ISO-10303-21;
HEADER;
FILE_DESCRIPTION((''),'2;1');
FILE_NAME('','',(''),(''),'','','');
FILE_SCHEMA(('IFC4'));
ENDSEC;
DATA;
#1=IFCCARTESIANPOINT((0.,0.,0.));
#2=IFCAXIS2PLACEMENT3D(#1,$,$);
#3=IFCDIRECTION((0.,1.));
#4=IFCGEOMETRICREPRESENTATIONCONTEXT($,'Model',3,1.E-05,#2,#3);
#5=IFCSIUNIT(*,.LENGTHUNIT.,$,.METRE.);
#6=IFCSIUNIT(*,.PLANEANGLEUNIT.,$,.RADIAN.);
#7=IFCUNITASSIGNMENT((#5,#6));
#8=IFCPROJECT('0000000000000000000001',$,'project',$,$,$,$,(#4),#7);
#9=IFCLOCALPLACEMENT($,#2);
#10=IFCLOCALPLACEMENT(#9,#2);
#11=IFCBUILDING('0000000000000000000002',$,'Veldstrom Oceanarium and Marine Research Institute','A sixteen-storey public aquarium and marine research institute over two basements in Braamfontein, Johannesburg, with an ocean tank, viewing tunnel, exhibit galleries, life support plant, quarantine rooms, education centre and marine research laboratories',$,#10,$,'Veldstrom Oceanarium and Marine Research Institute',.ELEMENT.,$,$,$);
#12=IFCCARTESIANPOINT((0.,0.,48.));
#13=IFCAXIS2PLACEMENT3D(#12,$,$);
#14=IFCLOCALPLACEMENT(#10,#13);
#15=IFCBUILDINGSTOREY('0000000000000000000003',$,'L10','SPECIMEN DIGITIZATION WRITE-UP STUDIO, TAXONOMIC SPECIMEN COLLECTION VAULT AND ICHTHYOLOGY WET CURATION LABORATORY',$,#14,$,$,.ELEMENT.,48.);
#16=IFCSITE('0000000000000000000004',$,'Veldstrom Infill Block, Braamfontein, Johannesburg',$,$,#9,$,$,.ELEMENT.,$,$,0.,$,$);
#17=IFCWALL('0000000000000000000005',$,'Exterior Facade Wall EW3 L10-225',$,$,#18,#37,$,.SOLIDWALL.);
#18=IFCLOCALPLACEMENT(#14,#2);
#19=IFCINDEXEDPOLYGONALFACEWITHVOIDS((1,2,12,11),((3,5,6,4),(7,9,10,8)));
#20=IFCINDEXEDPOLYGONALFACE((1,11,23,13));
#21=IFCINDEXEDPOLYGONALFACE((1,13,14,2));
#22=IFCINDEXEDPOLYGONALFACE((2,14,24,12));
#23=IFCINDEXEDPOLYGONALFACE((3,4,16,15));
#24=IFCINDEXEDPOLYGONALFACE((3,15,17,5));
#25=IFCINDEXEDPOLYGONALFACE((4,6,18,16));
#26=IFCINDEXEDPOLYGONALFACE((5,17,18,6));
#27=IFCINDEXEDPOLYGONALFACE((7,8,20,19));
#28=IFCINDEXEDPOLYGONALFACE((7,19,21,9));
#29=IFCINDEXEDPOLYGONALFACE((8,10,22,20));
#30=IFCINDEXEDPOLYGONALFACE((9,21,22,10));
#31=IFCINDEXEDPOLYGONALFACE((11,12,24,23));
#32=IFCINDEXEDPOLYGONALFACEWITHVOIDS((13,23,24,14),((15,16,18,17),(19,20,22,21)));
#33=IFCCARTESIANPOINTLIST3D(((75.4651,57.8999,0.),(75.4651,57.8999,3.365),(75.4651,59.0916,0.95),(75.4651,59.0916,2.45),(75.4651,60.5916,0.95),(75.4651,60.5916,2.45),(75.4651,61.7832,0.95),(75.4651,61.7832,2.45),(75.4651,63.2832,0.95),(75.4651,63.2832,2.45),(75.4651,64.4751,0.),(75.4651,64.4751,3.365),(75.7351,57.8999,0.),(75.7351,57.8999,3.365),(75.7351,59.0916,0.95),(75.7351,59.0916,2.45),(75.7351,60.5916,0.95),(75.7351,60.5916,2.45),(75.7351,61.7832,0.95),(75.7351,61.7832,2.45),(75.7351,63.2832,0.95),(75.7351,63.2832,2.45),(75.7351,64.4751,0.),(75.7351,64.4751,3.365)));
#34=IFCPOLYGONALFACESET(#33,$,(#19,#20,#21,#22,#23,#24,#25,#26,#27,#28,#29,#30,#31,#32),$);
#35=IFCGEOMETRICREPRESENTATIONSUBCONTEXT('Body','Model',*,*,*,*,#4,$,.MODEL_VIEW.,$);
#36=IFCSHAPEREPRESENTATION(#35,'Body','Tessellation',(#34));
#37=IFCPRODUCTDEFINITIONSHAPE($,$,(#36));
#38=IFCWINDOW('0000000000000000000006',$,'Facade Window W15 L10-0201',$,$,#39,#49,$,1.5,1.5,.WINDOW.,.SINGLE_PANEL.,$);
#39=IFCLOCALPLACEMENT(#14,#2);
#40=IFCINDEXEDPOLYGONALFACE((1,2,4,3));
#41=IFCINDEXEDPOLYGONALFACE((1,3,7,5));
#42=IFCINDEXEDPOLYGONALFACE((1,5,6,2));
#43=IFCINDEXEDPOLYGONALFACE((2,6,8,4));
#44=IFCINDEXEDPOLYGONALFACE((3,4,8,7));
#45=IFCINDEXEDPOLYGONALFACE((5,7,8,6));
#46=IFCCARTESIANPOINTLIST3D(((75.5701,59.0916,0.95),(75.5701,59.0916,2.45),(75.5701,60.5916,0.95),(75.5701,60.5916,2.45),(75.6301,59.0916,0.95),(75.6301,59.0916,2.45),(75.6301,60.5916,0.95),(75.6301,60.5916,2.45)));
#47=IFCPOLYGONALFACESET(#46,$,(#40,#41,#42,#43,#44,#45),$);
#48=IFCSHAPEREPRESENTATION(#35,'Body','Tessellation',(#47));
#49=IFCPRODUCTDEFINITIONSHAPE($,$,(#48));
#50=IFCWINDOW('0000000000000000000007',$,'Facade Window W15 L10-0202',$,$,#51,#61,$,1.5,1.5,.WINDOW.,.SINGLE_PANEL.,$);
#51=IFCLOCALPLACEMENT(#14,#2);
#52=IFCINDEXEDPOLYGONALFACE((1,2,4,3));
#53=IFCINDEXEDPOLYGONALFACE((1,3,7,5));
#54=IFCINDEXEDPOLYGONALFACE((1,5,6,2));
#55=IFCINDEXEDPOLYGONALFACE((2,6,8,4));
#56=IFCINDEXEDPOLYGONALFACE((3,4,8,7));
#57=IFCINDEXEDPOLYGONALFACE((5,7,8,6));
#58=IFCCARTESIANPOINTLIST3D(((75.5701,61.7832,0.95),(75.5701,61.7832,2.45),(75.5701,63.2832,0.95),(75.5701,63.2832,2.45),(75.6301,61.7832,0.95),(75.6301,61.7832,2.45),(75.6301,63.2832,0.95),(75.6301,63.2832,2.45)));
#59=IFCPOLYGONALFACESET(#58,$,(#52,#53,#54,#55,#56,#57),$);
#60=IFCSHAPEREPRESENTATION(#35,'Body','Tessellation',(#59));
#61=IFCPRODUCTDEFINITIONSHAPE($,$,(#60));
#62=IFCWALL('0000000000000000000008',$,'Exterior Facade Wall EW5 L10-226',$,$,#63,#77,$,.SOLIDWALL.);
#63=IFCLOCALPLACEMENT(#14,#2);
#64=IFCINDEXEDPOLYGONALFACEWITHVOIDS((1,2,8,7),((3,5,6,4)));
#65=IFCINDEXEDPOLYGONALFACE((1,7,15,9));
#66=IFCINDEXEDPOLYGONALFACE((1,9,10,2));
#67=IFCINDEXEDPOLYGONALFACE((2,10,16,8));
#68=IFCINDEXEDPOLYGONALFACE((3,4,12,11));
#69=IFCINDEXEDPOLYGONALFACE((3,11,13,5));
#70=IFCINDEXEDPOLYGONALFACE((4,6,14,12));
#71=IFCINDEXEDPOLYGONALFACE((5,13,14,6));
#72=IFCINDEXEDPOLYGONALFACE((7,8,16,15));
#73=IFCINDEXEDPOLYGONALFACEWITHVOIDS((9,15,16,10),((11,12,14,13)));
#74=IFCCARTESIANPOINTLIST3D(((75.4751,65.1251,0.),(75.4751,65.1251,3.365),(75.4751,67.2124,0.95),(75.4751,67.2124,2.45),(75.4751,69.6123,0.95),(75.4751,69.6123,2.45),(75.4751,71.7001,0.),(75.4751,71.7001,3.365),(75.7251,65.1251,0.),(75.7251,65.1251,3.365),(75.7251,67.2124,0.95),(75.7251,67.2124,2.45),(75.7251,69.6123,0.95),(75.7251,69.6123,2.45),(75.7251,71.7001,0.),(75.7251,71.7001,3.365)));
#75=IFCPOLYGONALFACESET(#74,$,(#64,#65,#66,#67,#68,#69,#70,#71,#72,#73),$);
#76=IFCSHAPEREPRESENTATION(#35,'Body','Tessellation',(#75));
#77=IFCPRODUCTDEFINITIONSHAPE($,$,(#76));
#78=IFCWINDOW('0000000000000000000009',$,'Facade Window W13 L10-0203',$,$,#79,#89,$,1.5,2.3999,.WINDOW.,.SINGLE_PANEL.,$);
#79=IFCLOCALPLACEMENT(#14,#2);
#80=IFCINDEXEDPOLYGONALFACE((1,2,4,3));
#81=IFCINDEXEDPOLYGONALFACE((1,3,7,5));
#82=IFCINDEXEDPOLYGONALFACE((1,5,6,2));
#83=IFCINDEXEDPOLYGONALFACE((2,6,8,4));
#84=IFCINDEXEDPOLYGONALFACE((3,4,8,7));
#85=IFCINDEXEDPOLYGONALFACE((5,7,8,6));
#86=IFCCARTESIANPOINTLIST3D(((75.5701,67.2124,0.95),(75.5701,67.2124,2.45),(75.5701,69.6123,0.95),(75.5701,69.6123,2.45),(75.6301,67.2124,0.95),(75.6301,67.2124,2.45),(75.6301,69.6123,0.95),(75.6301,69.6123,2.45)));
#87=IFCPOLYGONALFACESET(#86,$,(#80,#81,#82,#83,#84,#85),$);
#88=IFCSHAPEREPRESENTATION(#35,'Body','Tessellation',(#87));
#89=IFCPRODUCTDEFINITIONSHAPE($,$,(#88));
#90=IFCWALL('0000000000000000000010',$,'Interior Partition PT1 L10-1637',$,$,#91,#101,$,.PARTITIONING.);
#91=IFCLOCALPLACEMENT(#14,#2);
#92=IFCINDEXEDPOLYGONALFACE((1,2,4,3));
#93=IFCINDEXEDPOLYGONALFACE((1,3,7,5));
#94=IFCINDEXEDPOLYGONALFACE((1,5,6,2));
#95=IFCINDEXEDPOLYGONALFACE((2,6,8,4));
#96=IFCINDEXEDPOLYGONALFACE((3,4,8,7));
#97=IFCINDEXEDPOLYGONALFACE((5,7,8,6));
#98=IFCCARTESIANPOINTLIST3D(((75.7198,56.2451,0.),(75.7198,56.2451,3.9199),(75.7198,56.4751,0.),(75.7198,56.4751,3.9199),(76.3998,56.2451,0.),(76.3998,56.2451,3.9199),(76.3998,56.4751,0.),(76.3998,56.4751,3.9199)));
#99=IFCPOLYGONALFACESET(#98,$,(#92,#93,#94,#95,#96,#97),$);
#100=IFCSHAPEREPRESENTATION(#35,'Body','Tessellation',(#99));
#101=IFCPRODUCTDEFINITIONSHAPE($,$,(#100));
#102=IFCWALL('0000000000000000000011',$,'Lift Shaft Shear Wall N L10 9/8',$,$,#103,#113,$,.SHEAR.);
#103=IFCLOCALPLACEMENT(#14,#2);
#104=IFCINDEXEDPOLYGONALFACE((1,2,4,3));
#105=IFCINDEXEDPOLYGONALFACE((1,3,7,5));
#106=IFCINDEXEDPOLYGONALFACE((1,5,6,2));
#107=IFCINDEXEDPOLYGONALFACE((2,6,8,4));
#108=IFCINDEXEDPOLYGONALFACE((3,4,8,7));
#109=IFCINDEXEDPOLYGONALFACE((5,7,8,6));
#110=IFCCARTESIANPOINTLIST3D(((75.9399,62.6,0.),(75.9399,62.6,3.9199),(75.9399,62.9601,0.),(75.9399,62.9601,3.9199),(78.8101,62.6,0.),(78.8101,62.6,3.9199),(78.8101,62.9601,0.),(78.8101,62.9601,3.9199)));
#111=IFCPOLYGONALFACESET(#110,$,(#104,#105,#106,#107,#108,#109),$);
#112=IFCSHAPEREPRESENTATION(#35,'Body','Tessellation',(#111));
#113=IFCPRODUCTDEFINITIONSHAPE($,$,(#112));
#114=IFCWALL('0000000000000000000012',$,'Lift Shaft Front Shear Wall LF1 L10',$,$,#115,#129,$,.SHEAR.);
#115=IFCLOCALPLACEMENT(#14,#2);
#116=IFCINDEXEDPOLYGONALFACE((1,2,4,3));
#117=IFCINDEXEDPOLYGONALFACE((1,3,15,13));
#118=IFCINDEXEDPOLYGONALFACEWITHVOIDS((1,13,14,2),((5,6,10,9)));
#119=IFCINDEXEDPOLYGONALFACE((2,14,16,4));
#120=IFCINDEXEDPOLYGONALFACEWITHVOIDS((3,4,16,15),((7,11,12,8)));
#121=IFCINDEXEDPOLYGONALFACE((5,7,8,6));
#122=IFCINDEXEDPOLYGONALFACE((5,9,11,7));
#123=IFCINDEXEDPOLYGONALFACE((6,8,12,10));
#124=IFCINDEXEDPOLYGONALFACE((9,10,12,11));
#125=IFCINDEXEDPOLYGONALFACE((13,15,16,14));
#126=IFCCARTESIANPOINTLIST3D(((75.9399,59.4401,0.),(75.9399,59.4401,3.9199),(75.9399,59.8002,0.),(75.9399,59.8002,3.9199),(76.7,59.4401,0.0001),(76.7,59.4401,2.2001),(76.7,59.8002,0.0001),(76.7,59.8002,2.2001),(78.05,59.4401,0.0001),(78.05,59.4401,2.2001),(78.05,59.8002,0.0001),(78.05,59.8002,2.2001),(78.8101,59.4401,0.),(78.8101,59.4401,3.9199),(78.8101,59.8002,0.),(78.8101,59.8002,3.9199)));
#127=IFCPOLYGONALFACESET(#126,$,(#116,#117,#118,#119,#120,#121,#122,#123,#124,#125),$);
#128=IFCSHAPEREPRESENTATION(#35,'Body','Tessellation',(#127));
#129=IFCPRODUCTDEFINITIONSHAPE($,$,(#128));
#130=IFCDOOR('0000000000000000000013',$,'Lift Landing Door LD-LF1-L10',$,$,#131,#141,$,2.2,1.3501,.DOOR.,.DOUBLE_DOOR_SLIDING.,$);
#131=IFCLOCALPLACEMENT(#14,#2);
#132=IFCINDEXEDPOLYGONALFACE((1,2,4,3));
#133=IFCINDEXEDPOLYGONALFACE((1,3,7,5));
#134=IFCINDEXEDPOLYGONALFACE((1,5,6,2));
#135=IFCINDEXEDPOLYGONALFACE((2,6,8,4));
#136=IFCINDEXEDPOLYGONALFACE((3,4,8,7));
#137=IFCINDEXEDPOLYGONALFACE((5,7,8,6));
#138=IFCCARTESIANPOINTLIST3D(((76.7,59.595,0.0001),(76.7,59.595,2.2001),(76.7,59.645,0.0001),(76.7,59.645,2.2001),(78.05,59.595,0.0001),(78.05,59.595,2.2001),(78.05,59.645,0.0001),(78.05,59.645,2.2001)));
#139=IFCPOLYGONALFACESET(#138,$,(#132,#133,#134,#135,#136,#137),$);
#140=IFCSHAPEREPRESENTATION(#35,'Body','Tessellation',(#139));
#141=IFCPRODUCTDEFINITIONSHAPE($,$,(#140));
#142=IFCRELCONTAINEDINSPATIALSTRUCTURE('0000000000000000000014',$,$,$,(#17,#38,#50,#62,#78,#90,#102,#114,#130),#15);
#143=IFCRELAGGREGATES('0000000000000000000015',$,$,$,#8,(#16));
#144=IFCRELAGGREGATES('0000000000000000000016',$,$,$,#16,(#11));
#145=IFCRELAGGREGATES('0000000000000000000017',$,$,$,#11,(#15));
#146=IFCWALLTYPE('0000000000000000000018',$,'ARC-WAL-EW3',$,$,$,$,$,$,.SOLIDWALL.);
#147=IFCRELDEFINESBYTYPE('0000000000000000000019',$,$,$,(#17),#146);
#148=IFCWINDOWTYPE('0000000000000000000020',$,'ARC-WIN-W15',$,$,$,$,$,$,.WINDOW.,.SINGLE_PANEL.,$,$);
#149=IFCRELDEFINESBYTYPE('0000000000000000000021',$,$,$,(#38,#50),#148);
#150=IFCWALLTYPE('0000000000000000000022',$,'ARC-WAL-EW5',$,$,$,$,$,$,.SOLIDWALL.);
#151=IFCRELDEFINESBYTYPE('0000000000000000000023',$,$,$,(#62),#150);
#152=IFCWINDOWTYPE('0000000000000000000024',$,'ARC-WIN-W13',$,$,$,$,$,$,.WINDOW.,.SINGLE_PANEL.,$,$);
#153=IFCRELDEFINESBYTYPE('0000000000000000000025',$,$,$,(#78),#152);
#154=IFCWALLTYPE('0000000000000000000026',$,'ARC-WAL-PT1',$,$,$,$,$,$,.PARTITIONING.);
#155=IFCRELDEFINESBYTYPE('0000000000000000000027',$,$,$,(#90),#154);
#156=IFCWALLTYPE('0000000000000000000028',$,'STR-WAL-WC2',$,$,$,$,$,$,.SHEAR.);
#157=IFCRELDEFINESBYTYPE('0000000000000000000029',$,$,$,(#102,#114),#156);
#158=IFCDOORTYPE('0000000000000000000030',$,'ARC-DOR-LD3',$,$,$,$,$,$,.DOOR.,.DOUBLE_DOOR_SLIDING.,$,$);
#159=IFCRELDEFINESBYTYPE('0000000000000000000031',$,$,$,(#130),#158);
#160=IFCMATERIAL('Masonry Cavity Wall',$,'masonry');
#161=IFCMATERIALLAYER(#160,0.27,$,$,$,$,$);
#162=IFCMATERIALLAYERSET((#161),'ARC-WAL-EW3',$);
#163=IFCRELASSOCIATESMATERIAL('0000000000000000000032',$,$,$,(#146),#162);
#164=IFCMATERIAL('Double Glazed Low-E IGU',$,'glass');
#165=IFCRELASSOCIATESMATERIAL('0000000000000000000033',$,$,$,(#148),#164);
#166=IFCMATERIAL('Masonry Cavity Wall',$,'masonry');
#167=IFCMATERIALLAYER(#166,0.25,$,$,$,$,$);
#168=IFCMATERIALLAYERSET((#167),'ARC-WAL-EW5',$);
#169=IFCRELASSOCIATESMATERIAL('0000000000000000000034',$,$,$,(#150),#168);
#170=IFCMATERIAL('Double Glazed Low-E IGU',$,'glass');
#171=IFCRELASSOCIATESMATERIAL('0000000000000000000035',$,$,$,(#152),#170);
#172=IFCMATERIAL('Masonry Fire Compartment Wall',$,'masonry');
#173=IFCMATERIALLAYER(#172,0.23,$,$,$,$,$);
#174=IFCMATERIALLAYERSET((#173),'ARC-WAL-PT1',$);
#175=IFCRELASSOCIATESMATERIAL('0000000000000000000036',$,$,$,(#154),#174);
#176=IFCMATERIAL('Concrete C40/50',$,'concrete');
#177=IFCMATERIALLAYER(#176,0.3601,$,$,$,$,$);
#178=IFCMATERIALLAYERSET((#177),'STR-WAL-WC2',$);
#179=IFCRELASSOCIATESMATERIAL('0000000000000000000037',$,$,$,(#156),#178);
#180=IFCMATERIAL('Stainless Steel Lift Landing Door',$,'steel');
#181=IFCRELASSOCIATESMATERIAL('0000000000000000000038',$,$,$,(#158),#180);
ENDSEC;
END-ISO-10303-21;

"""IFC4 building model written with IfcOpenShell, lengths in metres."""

from ifc_helpers import new_model, si_unit, direction, frame, frame_2d, origin, place, context, subcontext, project, spatial, rectangle, extrude, material, layer, layer_set, type_object, element, fill, save


model = new_model("IFC4")

# Units and contexts
model_context = context("Model", 3, precision=1e-05, world=origin(), true_north=direction((0.0, 1.0)))
body_context = subcontext(model_context, "Body", "Model", "MODEL_VIEW")
ifc_project = project(units=[si_unit("LENGTHUNIT", "METRE"), si_unit("PLANEANGLEUNIT", "RADIAN")], contexts=[model_context])

# Site, building, storey
site_placement = place(None, origin())
site = spatial("IfcSite", under=ifc_project, at=site_placement, Name="Veldstrom Infill Block, Braamfontein, Johannesburg", CompositionType="ELEMENT", RefElevation=0.0)
building_placement = place(site_placement, origin())
building = spatial("IfcBuilding", under=site, at=building_placement, Name="Veldstrom Oceanarium and Marine Research Institute", Description="A sixteen-storey public aquarium and marine research institute over two basements in Braamfontein, Johannesburg, with an ocean tank, viewing tunnel, exhibit galleries, life support plant, quarantine rooms, education centre and marine research laboratories", LongName="Veldstrom Oceanarium and Marine Research Institute", CompositionType="ELEMENT")
storey_placement = place(building_placement, frame((0.0, 0.0, 48.0)))
storey = spatial("IfcBuildingStorey", under=building, at=storey_placement, Name="L10", Description="SPECIMEN DIGITIZATION WRITE-UP STUDIO, TAXONOMIC SPECIMEN COLLECTION VAULT AND ICHTHYOLOGY WET CURATION LABORATORY", CompositionType="ELEMENT", Elevation=48.0)

# Wall, openings, windows
ifc_material_1 = material(Name="Masonry Cavity Wall", Category="masonry")
ifc_layer_1 = layer(ifc_material_1, 0.27)
ifc_layer_set_1 = layer_set([ifc_layer_1], Name="ARC-WAL-EW3")
wall_type_1 = type_object("IfcWallType", Name="ARC-WAL-EW3", PredefinedType="SOLIDWALL", material=ifc_layer_set_1)
wall_1_placement = place(storey_placement, frame((75.6001, 57.8999, 0.0), z_axis=(0.0, 0.0, 1.0), x_axis=(0.0, 1.0, 0.0)))
wall_1 = element("IfcWall", 1, at=wall_1_placement, inside=storey, type_object=wall_type_1, Name="Exterior Facade Wall EW3 L10-225", PredefinedType="SOLIDWALL", context=body_context, shape_type="SweptSolid", body=[
    extrude(rectangle(XDim=6.5752, YDim=0.27, at=frame_2d((3.2876, 0.0))), origin(), (0.0, 0.0, 1.0), 3.365),
])
opening_1_placement = place(wall_1_placement, frame((1.1917, 0.0, 0.95)))
opening_1 = element("IfcOpeningElement", 2, at=opening_1_placement, cuts=wall_1, PredefinedType="OPENING", context=body_context, shape_type="SweptSolid", body=[
    extrude(rectangle(XDim=1.5, YDim=1.5, at=frame_2d((0.75, 0.75))), frame((0.0, 0.145, 0.0), z_axis=(0.0, -1.0, 0.0), x_axis=(1.0, 0.0, 0.0)), (0.0, 0.0, 1.0), 0.29),
])
opening_2_placement = place(wall_1_placement, frame((3.8833, 0.0, 0.95)))
opening_2 = element("IfcOpeningElement", 3, at=opening_2_placement, cuts=wall_1, PredefinedType="OPENING", context=body_context, shape_type="SweptSolid", body=[
    extrude(rectangle(XDim=1.5, YDim=1.5, at=frame_2d((0.75, 0.75))), frame((0.0, 0.145, 0.0), z_axis=(0.0, -1.0, 0.0), x_axis=(1.0, 0.0, 0.0)), (0.0, 0.0, 1.0), 0.29),
])
ifc_material_2 = material(Name="Double Glazed Low-E IGU", Category="glass")
window_type_1 = type_object("IfcWindowType", Name="ARC-WIN-W15", PartitioningType="SINGLE_PANEL", PredefinedType="WINDOW", material=ifc_material_2)
window_1_placement = place(opening_1_placement, origin())
window_1 = element("IfcWindow", 4, at=window_1_placement, inside=storey, type_object=window_type_1, Name="Facade Window W15 L10-0201", OverallHeight=1.5, OverallWidth=1.5, PartitioningType="SINGLE_PANEL", PredefinedType="WINDOW", context=body_context, shape_type="SweptSolid", body=[
    extrude(rectangle(XDim=1.5, YDim=1.5, at=frame_2d((0.75, 0.75))), frame((0.0, 0.03, 0.0), z_axis=(0.0, -1.0, 0.0), x_axis=(1.0, 0.0, 0.0)), (0.0, 0.0, 1.0), 0.0601),
])
fill(opening_1, window_1)
window_2_placement = place(opening_2_placement, origin())
window_2 = element("IfcWindow", 5, at=window_2_placement, inside=storey, type_object=window_type_1, Name="Facade Window W15 L10-0202", OverallHeight=1.5, OverallWidth=1.5, PartitioningType="SINGLE_PANEL", PredefinedType="WINDOW", context=body_context, shape_type="SweptSolid", body=[
    extrude(rectangle(XDim=1.5, YDim=1.5, at=frame_2d((0.75, 0.75))), frame((0.0, 0.03, 0.0), z_axis=(0.0, -1.0, 0.0), x_axis=(1.0, 0.0, 0.0)), (0.0, 0.0, 1.0), 0.0601),
])
fill(opening_2, window_2)

# Wall, opening, window
ifc_material_3 = material(Name="Masonry Cavity Wall", Category="masonry")
ifc_layer_2 = layer(ifc_material_3, 0.25)
ifc_layer_set_2 = layer_set([ifc_layer_2], Name="ARC-WAL-EW5")
wall_type_2 = type_object("IfcWallType", Name="ARC-WAL-EW5", PredefinedType="SOLIDWALL", material=ifc_layer_set_2)
wall_2_placement = place(storey_placement, frame((75.6001, 65.125, 0.0), z_axis=(0.0, 0.0, 1.0), x_axis=(0.0, 1.0, 0.0)))
wall_2 = element("IfcWall", 6, at=wall_2_placement, inside=storey, type_object=wall_type_2, Name="Exterior Facade Wall EW5 L10-226", PredefinedType="SOLIDWALL", context=body_context, shape_type="SweptSolid", body=[
    extrude(rectangle(XDim=6.575, YDim=0.25, at=frame_2d((3.2876, 0.0))), origin(), (0.0, 0.0, 1.0), 3.365),
])
opening_3_placement = place(wall_2_placement, frame((2.0874, 0.0, 0.95)))
opening_3 = element("IfcOpeningElement", 7, at=opening_3_placement, cuts=wall_2, PredefinedType="OPENING", context=body_context, shape_type="SweptSolid", body=[
    extrude(rectangle(XDim=2.3999, YDim=1.5, at=frame_2d((1.2, 0.75))), frame((0.0, 0.135, 0.0), z_axis=(0.0, -1.0, 0.0), x_axis=(1.0, 0.0, 0.0)), (0.0, 0.0, 1.0), 0.27),
])
ifc_material_4 = material(Name="Double Glazed Low-E IGU", Category="glass")
window_type_2 = type_object("IfcWindowType", Name="ARC-WIN-W13", PartitioningType="SINGLE_PANEL", PredefinedType="WINDOW", material=ifc_material_4)
window_3_placement = place(opening_3_placement, origin())
window_3 = element("IfcWindow", 8, at=window_3_placement, inside=storey, type_object=window_type_2, Name="Facade Window W13 L10-0203", OverallHeight=1.5, OverallWidth=2.3999, PartitioningType="SINGLE_PANEL", PredefinedType="WINDOW", context=body_context, shape_type="SweptSolid", body=[
    extrude(rectangle(XDim=2.3999, YDim=1.5, at=frame_2d((1.2, 0.75))), frame((0.0, 0.03, 0.0), z_axis=(0.0, -1.0, 0.0), x_axis=(1.0, 0.0, 0.0)), (0.0, 0.0, 1.0), 0.0601),
])
fill(opening_3, window_3)

# Walls
ifc_material_5 = material(Name="Masonry Fire Compartment Wall", Category="masonry")
ifc_layer_3 = layer(ifc_material_5, 0.23)
ifc_layer_set_3 = layer_set([ifc_layer_3], Name="ARC-WAL-PT1")
wall_type_3 = type_object("IfcWallType", Name="ARC-WAL-PT1", PredefinedType="PARTITIONING", material=ifc_layer_set_3)
wall_3_placement = place(storey_placement, frame((75.72, 56.3601, 0.0), z_axis=(0.0, 0.0, 1.0), x_axis=(1.0, 0.0, 0.0)))
element("IfcWall", 9, at=wall_3_placement, inside=storey, type_object=wall_type_3, Name="Interior Partition PT1 L10-1637", PredefinedType="PARTITIONING", context=body_context, shape_type="SweptSolid", body=[
    extrude(rectangle(XDim=0.6799, YDim=0.23, at=frame_2d((0.3398, 0.0))), origin(), (0.0, 0.0, 1.0), 3.9199),
])
ifc_material_6 = material(Name="Concrete C40/50", Category="concrete")
ifc_layer_4 = layer(ifc_material_6, 0.3601)
ifc_layer_set_4 = layer_set([ifc_layer_4], Name="STR-WAL-WC2")
wall_type_4 = type_object("IfcWallType", Name="STR-WAL-WC2", PredefinedType="SHEAR", material=ifc_layer_set_4)
wall_4_placement = place(storey_placement, frame((75.9399, 62.78, 0.0), z_axis=(0.0, 0.0, 1.0), x_axis=(1.0, 0.0, 0.0)))
element("IfcWall", 10, at=wall_4_placement, inside=storey, type_object=wall_type_4, Name="Lift Shaft Shear Wall N L10 9/8", PredefinedType="SHEAR", context=body_context, shape_type="SweptSolid", body=[
    extrude(rectangle(XDim=2.8701, YDim=0.3601, at=frame_2d((1.4351, 0.0))), origin(), (0.0, 0.0, 1.0), 3.9199),
])

# Wall, opening, door
wall_5_placement = place(storey_placement, frame((75.9399, 59.6201, 0.0), z_axis=(0.0, 0.0, 1.0), x_axis=(1.0, 0.0, 0.0)))
wall_5 = element("IfcWall", 11, at=wall_5_placement, inside=storey, type_object=wall_type_4, Name="Lift Shaft Front Shear Wall LF1 L10", PredefinedType="SHEAR", context=body_context, shape_type="SweptSolid", body=[
    extrude(rectangle(XDim=2.8701, YDim=0.3601, at=frame_2d((1.4351, 0.0))), origin(), (0.0, 0.0, 1.0), 3.9199),
])
opening_4_placement = place(wall_5_placement, frame((0.76, 0.0, 0.0)))
opening_4 = element("IfcOpeningElement", 12, at=opening_4_placement, cuts=wall_5, PredefinedType="OPENING", context=body_context, shape_type="SweptSolid", body=[
    extrude(rectangle(XDim=1.3501, YDim=2.2, at=frame_2d((0.675, 1.1001))), frame((0.0, 0.1899, 0.0), z_axis=(0.0, -1.0, 0.0), x_axis=(1.0, 0.0, 0.0)), (0.0, 0.0, 1.0), 0.3801),
])
ifc_material_7 = material(Name="Stainless Steel Lift Landing Door", Category="steel")
door_type = type_object("IfcDoorType", Name="ARC-DOR-LD3", OperationType="DOUBLE_DOOR_SLIDING", PredefinedType="DOOR", material=ifc_material_7)
door_placement = place(opening_4_placement, origin())
door = element("IfcDoor", 13, at=door_placement, inside=storey, type_object=door_type, Name="Lift Landing Door LD-LF1-L10", OperationType="DOUBLE_DOOR_SLIDING", OverallHeight=2.2, OverallWidth=1.3501, PredefinedType="DOOR", context=body_context, shape_type="SweptSolid", body=[
    extrude(rectangle(XDim=1.3501, YDim=2.2, at=frame_2d((0.675, 1.1001))), frame((0.0, 0.0249, 0.0), z_axis=(0.0, -1.0, 0.0), x_axis=(1.0, 0.0, 0.0)), (0.0, 0.0, 1.0), 0.05),
])
fill(opening_4, door)

save(model, "model.ifc")
